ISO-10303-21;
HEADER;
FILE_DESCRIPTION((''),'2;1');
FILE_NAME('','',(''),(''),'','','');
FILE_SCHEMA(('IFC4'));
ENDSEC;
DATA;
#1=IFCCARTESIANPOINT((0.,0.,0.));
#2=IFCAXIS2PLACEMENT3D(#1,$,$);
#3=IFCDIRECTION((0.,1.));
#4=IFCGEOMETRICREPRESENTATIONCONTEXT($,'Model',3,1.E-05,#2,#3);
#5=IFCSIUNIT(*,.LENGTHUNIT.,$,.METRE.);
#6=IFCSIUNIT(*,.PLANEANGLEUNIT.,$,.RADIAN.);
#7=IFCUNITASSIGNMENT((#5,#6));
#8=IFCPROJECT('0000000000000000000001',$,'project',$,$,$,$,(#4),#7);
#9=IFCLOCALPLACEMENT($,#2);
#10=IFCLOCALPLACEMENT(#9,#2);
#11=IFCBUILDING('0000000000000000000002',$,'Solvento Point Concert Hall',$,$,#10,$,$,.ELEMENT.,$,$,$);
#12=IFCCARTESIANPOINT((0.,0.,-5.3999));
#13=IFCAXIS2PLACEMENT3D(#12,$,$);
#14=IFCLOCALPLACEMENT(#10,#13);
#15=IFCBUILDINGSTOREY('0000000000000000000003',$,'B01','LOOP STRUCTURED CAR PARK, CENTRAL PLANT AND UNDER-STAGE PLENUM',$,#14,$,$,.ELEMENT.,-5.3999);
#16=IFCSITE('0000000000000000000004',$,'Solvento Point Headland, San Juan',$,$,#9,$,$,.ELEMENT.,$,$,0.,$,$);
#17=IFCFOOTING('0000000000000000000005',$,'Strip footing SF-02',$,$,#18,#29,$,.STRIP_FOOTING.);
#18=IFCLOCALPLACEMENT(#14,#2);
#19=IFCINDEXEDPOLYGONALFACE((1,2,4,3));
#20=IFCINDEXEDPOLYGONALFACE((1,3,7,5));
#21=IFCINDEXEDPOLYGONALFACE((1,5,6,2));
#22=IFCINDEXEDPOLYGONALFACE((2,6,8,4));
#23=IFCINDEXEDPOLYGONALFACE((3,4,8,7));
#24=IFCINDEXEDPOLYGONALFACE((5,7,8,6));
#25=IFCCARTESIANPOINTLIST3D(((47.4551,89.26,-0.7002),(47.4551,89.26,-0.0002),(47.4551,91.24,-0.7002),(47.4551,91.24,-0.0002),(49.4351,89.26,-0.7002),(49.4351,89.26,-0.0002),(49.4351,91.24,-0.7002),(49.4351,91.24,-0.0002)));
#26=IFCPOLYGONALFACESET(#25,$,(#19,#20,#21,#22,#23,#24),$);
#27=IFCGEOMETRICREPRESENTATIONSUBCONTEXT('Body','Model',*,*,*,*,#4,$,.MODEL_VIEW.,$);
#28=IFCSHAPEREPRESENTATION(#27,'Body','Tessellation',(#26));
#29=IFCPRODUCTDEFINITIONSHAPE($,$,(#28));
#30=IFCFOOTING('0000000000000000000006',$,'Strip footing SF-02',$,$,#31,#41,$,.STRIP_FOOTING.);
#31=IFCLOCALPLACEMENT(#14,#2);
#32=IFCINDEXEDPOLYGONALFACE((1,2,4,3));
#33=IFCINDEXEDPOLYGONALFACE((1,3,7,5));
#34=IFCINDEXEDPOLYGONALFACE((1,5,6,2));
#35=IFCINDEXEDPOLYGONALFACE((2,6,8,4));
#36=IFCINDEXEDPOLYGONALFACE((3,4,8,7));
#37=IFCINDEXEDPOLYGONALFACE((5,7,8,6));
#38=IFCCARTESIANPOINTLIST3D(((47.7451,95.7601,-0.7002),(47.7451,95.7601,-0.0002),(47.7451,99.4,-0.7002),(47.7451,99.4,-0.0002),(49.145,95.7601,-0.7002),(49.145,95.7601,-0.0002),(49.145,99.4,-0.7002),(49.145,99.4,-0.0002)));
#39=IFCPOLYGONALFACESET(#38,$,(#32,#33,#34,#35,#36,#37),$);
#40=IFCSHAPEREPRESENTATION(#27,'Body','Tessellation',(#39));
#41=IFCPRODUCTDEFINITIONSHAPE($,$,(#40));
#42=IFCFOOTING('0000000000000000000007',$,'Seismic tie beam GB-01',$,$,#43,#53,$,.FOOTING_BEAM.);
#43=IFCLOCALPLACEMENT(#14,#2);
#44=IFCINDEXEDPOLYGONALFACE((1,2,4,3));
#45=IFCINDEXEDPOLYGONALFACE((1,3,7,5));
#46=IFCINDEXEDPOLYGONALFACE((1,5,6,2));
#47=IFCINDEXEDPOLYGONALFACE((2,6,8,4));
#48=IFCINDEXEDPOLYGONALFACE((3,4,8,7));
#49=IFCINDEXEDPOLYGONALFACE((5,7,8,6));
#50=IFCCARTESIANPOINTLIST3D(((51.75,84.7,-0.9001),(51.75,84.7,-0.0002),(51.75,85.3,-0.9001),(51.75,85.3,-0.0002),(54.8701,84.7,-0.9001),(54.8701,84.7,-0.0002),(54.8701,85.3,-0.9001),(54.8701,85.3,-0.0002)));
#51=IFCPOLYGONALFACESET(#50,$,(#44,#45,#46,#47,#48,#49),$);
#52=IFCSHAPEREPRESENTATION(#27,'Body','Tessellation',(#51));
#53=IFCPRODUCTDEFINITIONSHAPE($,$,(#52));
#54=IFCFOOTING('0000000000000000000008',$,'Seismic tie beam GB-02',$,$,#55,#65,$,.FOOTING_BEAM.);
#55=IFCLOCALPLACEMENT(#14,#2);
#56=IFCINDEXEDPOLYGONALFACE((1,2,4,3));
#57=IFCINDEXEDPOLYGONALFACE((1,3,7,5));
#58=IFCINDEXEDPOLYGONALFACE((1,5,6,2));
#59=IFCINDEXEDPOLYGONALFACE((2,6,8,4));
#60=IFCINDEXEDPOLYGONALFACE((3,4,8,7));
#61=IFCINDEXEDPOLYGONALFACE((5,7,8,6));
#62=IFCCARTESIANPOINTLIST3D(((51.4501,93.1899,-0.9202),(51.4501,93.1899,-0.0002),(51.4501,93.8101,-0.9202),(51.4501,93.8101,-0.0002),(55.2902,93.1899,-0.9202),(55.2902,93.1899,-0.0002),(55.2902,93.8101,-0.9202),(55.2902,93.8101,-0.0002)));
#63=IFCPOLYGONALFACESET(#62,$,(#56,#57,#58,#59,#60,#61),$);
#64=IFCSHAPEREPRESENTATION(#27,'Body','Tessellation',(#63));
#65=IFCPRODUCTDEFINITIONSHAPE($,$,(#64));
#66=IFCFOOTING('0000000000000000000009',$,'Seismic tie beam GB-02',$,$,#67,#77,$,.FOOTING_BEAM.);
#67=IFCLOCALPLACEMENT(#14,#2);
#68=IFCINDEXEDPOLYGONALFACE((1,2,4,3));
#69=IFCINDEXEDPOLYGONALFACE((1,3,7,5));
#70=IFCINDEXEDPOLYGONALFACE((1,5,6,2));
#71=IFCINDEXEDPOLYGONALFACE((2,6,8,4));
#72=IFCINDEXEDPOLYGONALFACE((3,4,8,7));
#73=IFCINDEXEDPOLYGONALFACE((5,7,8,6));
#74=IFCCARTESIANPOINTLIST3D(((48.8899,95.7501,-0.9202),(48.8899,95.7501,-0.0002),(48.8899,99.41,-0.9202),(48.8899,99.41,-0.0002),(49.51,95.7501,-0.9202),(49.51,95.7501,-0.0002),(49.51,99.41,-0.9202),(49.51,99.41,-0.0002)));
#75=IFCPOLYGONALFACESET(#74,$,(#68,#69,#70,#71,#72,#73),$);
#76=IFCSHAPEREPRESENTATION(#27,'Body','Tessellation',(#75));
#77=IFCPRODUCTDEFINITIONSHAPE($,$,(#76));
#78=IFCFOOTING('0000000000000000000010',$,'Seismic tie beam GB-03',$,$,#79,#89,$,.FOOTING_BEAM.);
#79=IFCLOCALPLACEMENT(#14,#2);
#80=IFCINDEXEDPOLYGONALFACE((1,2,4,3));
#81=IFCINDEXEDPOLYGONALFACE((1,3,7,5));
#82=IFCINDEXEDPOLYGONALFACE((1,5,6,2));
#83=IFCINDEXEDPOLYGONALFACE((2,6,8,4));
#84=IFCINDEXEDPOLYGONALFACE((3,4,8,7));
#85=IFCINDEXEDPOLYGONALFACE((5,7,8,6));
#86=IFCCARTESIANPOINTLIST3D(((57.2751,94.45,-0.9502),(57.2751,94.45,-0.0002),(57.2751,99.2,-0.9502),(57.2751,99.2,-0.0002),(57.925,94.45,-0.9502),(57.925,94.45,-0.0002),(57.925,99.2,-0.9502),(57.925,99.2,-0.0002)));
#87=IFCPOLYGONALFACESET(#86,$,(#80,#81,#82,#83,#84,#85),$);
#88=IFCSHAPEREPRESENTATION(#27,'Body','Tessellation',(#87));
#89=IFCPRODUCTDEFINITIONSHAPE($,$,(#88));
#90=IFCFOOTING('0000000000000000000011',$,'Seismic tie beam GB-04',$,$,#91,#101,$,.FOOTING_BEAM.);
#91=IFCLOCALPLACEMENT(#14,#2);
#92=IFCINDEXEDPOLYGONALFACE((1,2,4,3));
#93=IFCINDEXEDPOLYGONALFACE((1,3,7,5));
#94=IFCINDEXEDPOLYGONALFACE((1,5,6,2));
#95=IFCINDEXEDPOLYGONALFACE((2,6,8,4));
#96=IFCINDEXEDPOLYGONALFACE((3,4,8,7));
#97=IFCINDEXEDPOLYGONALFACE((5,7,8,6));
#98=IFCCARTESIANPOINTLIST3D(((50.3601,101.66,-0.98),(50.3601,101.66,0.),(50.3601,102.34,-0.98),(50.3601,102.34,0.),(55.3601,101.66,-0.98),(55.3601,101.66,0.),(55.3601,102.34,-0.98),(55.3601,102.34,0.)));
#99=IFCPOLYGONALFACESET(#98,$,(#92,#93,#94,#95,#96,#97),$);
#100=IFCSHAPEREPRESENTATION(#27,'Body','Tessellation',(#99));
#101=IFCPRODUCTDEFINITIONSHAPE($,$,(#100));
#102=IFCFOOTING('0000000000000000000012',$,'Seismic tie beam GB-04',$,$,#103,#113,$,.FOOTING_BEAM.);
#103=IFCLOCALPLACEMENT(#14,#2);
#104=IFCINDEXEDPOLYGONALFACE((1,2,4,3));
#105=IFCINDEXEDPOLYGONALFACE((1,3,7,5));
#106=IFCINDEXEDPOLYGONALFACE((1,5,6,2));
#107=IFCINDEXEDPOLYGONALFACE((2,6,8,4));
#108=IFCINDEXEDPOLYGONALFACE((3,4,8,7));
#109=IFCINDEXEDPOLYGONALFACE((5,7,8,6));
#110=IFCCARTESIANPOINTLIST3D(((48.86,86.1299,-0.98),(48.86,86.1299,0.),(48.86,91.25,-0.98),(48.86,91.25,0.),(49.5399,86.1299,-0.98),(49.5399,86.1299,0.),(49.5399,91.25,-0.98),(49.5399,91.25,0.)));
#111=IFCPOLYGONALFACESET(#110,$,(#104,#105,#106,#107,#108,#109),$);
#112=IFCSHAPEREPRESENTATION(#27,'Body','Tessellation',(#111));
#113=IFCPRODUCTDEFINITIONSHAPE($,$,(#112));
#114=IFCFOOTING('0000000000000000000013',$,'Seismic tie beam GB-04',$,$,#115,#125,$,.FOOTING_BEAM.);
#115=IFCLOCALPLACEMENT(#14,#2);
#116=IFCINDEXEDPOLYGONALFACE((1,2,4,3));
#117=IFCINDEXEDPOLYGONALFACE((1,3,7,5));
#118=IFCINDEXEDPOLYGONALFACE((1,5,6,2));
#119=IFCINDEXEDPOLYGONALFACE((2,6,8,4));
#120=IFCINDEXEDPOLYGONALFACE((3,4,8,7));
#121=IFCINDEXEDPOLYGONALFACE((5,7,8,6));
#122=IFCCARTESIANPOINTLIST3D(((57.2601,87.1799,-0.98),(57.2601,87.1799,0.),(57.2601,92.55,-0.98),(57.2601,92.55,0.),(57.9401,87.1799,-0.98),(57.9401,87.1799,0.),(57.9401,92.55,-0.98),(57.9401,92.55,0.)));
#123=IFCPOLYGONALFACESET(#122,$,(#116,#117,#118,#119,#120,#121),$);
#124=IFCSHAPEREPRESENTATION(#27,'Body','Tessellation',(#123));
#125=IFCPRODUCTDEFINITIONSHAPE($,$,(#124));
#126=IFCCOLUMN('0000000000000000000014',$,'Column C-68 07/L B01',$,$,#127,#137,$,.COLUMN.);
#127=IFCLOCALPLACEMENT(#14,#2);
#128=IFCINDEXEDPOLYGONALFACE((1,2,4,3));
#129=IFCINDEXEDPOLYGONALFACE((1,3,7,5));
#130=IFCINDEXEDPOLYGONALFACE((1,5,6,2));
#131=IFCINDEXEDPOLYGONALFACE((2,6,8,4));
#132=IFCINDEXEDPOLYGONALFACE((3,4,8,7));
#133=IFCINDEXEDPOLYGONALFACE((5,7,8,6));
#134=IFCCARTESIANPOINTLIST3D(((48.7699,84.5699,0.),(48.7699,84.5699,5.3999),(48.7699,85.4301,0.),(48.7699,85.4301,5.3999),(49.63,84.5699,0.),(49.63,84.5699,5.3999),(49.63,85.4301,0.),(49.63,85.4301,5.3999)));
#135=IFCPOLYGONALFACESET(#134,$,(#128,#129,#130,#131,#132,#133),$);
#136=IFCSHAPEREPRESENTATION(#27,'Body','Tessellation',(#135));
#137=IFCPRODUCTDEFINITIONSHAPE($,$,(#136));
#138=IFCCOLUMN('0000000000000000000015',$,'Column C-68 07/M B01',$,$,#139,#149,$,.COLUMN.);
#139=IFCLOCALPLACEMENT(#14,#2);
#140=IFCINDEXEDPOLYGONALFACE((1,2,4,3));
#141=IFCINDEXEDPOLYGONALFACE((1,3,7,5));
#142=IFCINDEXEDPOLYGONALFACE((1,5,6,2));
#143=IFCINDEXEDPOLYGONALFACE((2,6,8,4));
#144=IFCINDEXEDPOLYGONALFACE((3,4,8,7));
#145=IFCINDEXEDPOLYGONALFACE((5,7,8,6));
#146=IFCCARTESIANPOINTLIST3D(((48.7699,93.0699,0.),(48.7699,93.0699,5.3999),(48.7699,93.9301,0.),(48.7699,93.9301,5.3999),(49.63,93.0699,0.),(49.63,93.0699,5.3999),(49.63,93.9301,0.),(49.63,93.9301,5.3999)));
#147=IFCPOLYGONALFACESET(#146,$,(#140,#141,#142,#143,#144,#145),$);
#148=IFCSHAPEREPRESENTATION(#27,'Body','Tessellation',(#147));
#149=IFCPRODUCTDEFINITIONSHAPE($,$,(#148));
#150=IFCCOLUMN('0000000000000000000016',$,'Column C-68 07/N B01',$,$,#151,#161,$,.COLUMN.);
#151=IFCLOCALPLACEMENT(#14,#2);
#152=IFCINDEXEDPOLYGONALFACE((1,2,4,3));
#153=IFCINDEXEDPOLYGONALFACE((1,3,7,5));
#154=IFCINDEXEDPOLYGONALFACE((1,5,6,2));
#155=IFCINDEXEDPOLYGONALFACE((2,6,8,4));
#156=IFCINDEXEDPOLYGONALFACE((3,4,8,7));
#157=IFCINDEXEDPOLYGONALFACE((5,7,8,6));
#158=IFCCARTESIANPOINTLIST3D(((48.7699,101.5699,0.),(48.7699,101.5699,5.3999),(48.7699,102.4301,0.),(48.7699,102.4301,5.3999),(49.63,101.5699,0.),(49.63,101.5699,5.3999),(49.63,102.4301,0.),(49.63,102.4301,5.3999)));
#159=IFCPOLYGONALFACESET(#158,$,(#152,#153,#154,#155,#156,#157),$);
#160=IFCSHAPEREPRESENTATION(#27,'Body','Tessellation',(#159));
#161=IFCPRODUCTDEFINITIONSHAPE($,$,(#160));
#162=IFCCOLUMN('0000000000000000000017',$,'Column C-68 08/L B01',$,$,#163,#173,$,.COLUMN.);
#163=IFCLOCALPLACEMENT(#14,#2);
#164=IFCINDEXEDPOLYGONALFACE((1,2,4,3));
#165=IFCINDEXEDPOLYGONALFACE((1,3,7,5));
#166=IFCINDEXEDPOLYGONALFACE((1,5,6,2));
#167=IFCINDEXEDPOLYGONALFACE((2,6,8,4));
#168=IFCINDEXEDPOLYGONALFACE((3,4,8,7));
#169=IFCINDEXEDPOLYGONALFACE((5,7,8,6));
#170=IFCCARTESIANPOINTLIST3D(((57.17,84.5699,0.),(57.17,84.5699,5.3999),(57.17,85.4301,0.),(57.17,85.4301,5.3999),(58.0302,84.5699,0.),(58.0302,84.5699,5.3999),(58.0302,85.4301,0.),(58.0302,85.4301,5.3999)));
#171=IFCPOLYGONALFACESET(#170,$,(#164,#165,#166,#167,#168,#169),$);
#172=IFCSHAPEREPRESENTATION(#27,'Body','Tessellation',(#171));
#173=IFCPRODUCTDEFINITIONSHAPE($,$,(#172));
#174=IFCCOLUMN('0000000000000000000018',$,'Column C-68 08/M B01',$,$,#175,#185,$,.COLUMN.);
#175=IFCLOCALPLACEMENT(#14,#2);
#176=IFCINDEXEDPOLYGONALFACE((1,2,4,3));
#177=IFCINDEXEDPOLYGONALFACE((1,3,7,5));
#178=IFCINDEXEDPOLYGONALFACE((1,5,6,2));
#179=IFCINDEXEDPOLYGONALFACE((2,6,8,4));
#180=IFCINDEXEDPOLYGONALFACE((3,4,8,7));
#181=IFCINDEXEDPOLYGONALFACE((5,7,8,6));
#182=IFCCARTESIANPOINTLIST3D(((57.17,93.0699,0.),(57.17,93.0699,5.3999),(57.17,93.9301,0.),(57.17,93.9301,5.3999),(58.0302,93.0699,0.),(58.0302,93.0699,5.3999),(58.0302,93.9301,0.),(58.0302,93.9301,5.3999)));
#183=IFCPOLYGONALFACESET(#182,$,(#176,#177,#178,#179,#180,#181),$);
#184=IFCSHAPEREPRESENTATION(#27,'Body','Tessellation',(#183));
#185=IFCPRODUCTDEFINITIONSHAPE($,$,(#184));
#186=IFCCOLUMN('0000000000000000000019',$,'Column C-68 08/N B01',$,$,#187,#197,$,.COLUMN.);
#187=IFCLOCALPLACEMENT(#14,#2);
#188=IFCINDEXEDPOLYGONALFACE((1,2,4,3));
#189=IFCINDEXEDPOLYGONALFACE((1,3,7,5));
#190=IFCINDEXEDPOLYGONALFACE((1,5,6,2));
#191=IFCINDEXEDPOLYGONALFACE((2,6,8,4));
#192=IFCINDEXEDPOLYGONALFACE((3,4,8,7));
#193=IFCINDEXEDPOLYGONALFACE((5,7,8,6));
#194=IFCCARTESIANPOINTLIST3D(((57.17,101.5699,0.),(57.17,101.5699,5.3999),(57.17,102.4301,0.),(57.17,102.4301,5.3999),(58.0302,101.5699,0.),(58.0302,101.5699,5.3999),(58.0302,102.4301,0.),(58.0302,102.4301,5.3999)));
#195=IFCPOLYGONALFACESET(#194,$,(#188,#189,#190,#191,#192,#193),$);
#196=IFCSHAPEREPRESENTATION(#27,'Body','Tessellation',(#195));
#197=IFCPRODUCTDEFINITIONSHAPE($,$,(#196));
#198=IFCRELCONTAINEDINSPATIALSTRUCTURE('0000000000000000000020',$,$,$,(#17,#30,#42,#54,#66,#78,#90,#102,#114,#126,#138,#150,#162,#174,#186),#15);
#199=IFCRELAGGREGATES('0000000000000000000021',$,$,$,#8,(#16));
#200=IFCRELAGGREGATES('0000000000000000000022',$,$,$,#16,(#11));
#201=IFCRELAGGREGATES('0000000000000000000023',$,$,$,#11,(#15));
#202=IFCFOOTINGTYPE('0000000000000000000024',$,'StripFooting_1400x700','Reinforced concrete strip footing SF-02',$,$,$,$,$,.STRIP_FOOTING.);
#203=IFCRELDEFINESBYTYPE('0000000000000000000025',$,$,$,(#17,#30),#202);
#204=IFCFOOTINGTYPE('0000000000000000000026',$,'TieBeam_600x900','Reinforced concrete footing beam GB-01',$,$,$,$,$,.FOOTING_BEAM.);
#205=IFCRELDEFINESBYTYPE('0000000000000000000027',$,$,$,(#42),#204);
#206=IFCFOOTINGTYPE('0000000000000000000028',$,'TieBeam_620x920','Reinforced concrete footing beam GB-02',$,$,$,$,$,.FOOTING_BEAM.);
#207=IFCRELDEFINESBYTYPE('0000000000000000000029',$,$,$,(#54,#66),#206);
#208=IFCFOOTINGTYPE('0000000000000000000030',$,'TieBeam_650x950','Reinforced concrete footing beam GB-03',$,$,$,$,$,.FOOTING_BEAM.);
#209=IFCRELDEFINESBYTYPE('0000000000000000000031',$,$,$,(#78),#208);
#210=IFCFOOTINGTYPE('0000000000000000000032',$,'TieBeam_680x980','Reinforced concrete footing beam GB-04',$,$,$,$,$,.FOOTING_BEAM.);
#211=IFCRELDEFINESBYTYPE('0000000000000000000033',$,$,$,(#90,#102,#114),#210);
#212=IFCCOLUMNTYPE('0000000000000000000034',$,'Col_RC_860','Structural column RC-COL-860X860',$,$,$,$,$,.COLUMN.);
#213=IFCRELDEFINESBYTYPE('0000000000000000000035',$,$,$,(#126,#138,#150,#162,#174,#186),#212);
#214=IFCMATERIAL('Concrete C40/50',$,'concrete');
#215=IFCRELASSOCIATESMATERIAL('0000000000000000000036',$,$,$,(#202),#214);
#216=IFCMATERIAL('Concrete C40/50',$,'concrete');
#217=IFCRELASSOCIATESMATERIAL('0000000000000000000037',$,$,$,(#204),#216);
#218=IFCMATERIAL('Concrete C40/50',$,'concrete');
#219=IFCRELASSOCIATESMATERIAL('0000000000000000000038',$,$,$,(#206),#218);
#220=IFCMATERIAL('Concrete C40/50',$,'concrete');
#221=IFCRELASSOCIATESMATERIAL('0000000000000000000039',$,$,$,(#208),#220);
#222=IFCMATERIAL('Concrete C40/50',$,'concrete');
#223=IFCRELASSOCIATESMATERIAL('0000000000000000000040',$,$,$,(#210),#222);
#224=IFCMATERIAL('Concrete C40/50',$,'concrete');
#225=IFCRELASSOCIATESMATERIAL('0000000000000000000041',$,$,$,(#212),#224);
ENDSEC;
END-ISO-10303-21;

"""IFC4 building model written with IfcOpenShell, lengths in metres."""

from ifc_helpers import new_model, si_unit, direction, frame, origin, origin_2d, place, context, subcontext, project, spatial, rectangle, extrude, material, material_profile, profile_set, type_object, element, save


model = new_model("IFC4")

# Units and contexts
model_context = context("Model", 3, precision=1e-05, world=origin(), true_north=direction((0.0, 1.0)))
body_context = subcontext(model_context, "Body", "Model", "MODEL_VIEW")
ifc_project = project(units=[si_unit("LENGTHUNIT", "METRE"), si_unit("PLANEANGLEUNIT", "RADIAN")], contexts=[model_context])

# Site, building, storey
site_placement = place(None, origin())
site = spatial("IfcSite", under=ifc_project, at=site_placement, Name="Solvento Point Headland, San Juan", CompositionType="ELEMENT", RefElevation=0.0)
building_placement = place(site_placement, origin())
building = spatial("IfcBuilding", under=site, at=building_placement, Name="Solvento Point Concert Hall", CompositionType="ELEMENT")
storey_placement = place(building_placement, frame((0.0, 0.0, -5.3999)))
storey = spatial("IfcBuildingStorey", under=building, at=storey_placement, Name="B01", Description="LOOP STRUCTURED CAR PARK, CENTRAL PLANT AND UNDER-STAGE PLENUM", CompositionType="ELEMENT", Elevation=-5.3999)

# Footings
ifc_material_1 = material(Name="Concrete C40/50", Category="concrete")
footing_type_1 = type_object("IfcFootingType", Name="StripFooting_1400x700", Description="Reinforced concrete strip footing SF-02", PredefinedType="STRIP_FOOTING", material=ifc_material_1)
footing_1_placement = place(storey_placement, frame((48.4451, 90.25, -0.7002), z_axis=(0.0, 0.0, 1.0), x_axis=(0.0, 1.0, 0.0)))
element("IfcFooting", 1, at=footing_1_placement, inside=storey, type_object=footing_type_1, Name="Strip footing SF-02", PredefinedType="STRIP_FOOTING", context=body_context, shape_type="SweptSolid", body=[
    extrude(rectangle(XDim=1.98, YDim=1.98, at=origin_2d()), origin(), (0.0, 0.0, 1.0), 0.7),
])
footing_2_placement = place(storey_placement, frame((48.4451, 97.5801, -0.7002), z_axis=(0.0, 0.0, 1.0), x_axis=(0.0, 1.0, 0.0)))
element("IfcFooting", 2, at=footing_2_placement, inside=storey, type_object=footing_type_1, Name="Strip footing SF-02", PredefinedType="STRIP_FOOTING", context=body_context, shape_type="SweptSolid", body=[
    extrude(rectangle(XDim=3.6399, YDim=1.3999, at=origin_2d()), origin(), (0.0, 0.0, 1.0), 0.7),
])
ifc_material_2 = material(Name="Concrete C40/50", Category="concrete")
footing_type_2 = type_object("IfcFootingType", Name="TieBeam_600x900", Description="Reinforced concrete footing beam GB-01", PredefinedType="FOOTING_BEAM", material=ifc_material_2)
footing_3_placement = place(storey_placement, frame((53.3101, 85.0, -0.9001), z_axis=(0.0, 0.0, 1.0), x_axis=(1.0, 0.0, 0.0)))
element("IfcFooting", 3, at=footing_3_placement, inside=storey, type_object=footing_type_2, Name="Seismic tie beam GB-01", PredefinedType="FOOTING_BEAM", context=body_context, shape_type="SweptSolid", body=[
    extrude(rectangle(XDim=3.1201, YDim=0.6001, at=origin_2d()), origin(), (0.0, 0.0, 1.0), 0.8999),
])
ifc_material_3 = material(Name="Concrete C40/50", Category="concrete")
footing_type_3 = type_object("IfcFootingType", Name="TieBeam_620x920", Description="Reinforced concrete footing beam GB-02", PredefinedType="FOOTING_BEAM", material=ifc_material_3)
footing_4_placement = place(storey_placement, frame((53.3701, 93.5, -0.9202), z_axis=(0.0, 0.0, 1.0), x_axis=(1.0, 0.0, 0.0)))
element("IfcFooting", 4, at=footing_4_placement, inside=storey, type_object=footing_type_3, Name="Seismic tie beam GB-02", PredefinedType="FOOTING_BEAM", context=body_context, shape_type="SweptSolid", body=[
    extrude(rectangle(XDim=3.8401, YDim=0.6201, at=origin_2d()), origin(), (0.0, 0.0, 1.0), 0.9199),
])
footing_5_placement = place(storey_placement, frame((49.2, 97.5801, -0.9202), z_axis=(0.0, 0.0, 1.0), x_axis=(0.0, 1.0, 0.0)))
element("IfcFooting", 5, at=footing_5_placement, inside=storey, type_object=footing_type_3, Name="Seismic tie beam GB-02", PredefinedType="FOOTING_BEAM", context=body_context, shape_type="SweptSolid", body=[
    extrude(rectangle(XDim=3.6599, YDim=0.6201, at=origin_2d()), origin(), (0.0, 0.0, 1.0), 0.9199),
])
ifc_material_4 = material(Name="Concrete C40/50", Category="concrete")
footing_type_4 = type_object("IfcFootingType", Name="TieBeam_650x950", Description="Reinforced concrete footing beam GB-03", PredefinedType="FOOTING_BEAM", material=ifc_material_4)
footing_6_placement = place(storey_placement, frame((57.6001, 96.825, -0.9502), z_axis=(0.0, 0.0, 1.0), x_axis=(0.0, 1.0, 0.0)))
element("IfcFooting", 6, at=footing_6_placement, inside=storey, type_object=footing_type_4, Name="Seismic tie beam GB-03", PredefinedType="FOOTING_BEAM", context=body_context, shape_type="SweptSolid", body=[
    extrude(rectangle(XDim=4.75, YDim=0.6499, at=origin_2d()), origin(), (0.0, 0.0, 1.0), 0.95),
])
ifc_material_5 = material(Name="Concrete C40/50", Category="concrete")
footing_type_5 = type_object("IfcFootingType", Name="TieBeam_680x980", Description="Reinforced concrete footing beam GB-04", PredefinedType="FOOTING_BEAM", material=ifc_material_5)
footing_7_placement = place(storey_placement, frame((52.8601, 102.0, -0.98), z_axis=(0.0, 0.0, 1.0), x_axis=(1.0, 0.0, 0.0)))
element("IfcFooting", 7, at=footing_7_placement, inside=storey, type_object=footing_type_5, Name="Seismic tie beam GB-04", PredefinedType="FOOTING_BEAM", context=body_context, shape_type="SweptSolid", body=[
    extrude(rectangle(XDim=5.0, YDim=0.6799, at=origin_2d()), origin(), (0.0, 0.0, 1.0), 0.98),
])
footing_8_placement = place(storey_placement, frame((49.2, 88.6899, -0.98), z_axis=(0.0, 0.0, 1.0), x_axis=(0.0, 1.0, 0.0)))
element("IfcFooting", 8, at=footing_8_placement, inside=storey, type_object=footing_type_5, Name="Seismic tie beam GB-04", PredefinedType="FOOTING_BEAM", context=body_context, shape_type="SweptSolid", body=[
    extrude(rectangle(XDim=5.1201, YDim=0.6799, at=origin_2d()), origin(), (0.0, 0.0, 1.0), 0.98),
])
footing_9_placement = place(storey_placement, frame((57.6001, 89.865, -0.98), z_axis=(0.0, 0.0, 1.0), x_axis=(0.0, 1.0, 0.0)))
element("IfcFooting", 9, at=footing_9_placement, inside=storey, type_object=footing_type_5, Name="Seismic tie beam GB-04", PredefinedType="FOOTING_BEAM", context=body_context, shape_type="SweptSolid", body=[
    extrude(rectangle(XDim=5.3701, YDim=0.6799, at=origin_2d()), origin(), (0.0, 0.0, 1.0), 0.98),
])

# Columns
ifc_material_6 = material(Name="Concrete C40/50", Category="concrete")
ifc_material_profile_1 = material_profile(ifc_material_6, rectangle(XDim=0.8601, YDim=0.8601, at=origin_2d()), Name="RC-COL-860X860")
ifc_profile_set_1 = profile_set([ifc_material_profile_1], Name="Concrete C40/50")
column_type = type_object("IfcColumnType", Name="Col_RC_860", Description="Structural column RC-COL-860X860", PredefinedType="COLUMN", material=ifc_profile_set_1)
for number, where, z_axis, x_axis, name in (
    (10, (49.2, 85.0, 0.0), (0.0, 0.0, 1.0), (1.0, 0.0, 0.0), "Column C-68 07/L B01"),
    (11, (49.2, 93.5, 0.0), (0.0, 0.0, 1.0), (1.0, 0.0, 0.0), "Column C-68 07/M B01"),
    (12, (49.2, 102.0, 0.0), (0.0, 0.0, 1.0), (1.0, 0.0, 0.0), "Column C-68 07/N B01"),
    (13, (57.6001, 85.0, 0.0), (0.0, 0.0, 1.0), (1.0, 0.0, 0.0), "Column C-68 08/L B01"),
    (14, (57.6001, 93.5, 0.0), (0.0, 0.0, 1.0), (1.0, 0.0, 0.0), "Column C-68 08/M B01"),
    (15, (57.6001, 102.0, 0.0), (0.0, 0.0, 1.0), (1.0, 0.0, 0.0), "Column C-68 08/N B01"),
):
    element("IfcColumn", number, at=place(storey_placement, frame(where, z_axis=z_axis, x_axis=x_axis)), inside=storey, type_object=column_type, Name=name, PredefinedType="COLUMN", context=body_context, shape_type="SweptSolid", body=[
        extrude(rectangle(XDim=0.8601, YDim=0.8601, at=origin_2d()), origin(), (0.0, 0.0, 1.0), 5.3999),
    ])

save(model, "model.ifc")
